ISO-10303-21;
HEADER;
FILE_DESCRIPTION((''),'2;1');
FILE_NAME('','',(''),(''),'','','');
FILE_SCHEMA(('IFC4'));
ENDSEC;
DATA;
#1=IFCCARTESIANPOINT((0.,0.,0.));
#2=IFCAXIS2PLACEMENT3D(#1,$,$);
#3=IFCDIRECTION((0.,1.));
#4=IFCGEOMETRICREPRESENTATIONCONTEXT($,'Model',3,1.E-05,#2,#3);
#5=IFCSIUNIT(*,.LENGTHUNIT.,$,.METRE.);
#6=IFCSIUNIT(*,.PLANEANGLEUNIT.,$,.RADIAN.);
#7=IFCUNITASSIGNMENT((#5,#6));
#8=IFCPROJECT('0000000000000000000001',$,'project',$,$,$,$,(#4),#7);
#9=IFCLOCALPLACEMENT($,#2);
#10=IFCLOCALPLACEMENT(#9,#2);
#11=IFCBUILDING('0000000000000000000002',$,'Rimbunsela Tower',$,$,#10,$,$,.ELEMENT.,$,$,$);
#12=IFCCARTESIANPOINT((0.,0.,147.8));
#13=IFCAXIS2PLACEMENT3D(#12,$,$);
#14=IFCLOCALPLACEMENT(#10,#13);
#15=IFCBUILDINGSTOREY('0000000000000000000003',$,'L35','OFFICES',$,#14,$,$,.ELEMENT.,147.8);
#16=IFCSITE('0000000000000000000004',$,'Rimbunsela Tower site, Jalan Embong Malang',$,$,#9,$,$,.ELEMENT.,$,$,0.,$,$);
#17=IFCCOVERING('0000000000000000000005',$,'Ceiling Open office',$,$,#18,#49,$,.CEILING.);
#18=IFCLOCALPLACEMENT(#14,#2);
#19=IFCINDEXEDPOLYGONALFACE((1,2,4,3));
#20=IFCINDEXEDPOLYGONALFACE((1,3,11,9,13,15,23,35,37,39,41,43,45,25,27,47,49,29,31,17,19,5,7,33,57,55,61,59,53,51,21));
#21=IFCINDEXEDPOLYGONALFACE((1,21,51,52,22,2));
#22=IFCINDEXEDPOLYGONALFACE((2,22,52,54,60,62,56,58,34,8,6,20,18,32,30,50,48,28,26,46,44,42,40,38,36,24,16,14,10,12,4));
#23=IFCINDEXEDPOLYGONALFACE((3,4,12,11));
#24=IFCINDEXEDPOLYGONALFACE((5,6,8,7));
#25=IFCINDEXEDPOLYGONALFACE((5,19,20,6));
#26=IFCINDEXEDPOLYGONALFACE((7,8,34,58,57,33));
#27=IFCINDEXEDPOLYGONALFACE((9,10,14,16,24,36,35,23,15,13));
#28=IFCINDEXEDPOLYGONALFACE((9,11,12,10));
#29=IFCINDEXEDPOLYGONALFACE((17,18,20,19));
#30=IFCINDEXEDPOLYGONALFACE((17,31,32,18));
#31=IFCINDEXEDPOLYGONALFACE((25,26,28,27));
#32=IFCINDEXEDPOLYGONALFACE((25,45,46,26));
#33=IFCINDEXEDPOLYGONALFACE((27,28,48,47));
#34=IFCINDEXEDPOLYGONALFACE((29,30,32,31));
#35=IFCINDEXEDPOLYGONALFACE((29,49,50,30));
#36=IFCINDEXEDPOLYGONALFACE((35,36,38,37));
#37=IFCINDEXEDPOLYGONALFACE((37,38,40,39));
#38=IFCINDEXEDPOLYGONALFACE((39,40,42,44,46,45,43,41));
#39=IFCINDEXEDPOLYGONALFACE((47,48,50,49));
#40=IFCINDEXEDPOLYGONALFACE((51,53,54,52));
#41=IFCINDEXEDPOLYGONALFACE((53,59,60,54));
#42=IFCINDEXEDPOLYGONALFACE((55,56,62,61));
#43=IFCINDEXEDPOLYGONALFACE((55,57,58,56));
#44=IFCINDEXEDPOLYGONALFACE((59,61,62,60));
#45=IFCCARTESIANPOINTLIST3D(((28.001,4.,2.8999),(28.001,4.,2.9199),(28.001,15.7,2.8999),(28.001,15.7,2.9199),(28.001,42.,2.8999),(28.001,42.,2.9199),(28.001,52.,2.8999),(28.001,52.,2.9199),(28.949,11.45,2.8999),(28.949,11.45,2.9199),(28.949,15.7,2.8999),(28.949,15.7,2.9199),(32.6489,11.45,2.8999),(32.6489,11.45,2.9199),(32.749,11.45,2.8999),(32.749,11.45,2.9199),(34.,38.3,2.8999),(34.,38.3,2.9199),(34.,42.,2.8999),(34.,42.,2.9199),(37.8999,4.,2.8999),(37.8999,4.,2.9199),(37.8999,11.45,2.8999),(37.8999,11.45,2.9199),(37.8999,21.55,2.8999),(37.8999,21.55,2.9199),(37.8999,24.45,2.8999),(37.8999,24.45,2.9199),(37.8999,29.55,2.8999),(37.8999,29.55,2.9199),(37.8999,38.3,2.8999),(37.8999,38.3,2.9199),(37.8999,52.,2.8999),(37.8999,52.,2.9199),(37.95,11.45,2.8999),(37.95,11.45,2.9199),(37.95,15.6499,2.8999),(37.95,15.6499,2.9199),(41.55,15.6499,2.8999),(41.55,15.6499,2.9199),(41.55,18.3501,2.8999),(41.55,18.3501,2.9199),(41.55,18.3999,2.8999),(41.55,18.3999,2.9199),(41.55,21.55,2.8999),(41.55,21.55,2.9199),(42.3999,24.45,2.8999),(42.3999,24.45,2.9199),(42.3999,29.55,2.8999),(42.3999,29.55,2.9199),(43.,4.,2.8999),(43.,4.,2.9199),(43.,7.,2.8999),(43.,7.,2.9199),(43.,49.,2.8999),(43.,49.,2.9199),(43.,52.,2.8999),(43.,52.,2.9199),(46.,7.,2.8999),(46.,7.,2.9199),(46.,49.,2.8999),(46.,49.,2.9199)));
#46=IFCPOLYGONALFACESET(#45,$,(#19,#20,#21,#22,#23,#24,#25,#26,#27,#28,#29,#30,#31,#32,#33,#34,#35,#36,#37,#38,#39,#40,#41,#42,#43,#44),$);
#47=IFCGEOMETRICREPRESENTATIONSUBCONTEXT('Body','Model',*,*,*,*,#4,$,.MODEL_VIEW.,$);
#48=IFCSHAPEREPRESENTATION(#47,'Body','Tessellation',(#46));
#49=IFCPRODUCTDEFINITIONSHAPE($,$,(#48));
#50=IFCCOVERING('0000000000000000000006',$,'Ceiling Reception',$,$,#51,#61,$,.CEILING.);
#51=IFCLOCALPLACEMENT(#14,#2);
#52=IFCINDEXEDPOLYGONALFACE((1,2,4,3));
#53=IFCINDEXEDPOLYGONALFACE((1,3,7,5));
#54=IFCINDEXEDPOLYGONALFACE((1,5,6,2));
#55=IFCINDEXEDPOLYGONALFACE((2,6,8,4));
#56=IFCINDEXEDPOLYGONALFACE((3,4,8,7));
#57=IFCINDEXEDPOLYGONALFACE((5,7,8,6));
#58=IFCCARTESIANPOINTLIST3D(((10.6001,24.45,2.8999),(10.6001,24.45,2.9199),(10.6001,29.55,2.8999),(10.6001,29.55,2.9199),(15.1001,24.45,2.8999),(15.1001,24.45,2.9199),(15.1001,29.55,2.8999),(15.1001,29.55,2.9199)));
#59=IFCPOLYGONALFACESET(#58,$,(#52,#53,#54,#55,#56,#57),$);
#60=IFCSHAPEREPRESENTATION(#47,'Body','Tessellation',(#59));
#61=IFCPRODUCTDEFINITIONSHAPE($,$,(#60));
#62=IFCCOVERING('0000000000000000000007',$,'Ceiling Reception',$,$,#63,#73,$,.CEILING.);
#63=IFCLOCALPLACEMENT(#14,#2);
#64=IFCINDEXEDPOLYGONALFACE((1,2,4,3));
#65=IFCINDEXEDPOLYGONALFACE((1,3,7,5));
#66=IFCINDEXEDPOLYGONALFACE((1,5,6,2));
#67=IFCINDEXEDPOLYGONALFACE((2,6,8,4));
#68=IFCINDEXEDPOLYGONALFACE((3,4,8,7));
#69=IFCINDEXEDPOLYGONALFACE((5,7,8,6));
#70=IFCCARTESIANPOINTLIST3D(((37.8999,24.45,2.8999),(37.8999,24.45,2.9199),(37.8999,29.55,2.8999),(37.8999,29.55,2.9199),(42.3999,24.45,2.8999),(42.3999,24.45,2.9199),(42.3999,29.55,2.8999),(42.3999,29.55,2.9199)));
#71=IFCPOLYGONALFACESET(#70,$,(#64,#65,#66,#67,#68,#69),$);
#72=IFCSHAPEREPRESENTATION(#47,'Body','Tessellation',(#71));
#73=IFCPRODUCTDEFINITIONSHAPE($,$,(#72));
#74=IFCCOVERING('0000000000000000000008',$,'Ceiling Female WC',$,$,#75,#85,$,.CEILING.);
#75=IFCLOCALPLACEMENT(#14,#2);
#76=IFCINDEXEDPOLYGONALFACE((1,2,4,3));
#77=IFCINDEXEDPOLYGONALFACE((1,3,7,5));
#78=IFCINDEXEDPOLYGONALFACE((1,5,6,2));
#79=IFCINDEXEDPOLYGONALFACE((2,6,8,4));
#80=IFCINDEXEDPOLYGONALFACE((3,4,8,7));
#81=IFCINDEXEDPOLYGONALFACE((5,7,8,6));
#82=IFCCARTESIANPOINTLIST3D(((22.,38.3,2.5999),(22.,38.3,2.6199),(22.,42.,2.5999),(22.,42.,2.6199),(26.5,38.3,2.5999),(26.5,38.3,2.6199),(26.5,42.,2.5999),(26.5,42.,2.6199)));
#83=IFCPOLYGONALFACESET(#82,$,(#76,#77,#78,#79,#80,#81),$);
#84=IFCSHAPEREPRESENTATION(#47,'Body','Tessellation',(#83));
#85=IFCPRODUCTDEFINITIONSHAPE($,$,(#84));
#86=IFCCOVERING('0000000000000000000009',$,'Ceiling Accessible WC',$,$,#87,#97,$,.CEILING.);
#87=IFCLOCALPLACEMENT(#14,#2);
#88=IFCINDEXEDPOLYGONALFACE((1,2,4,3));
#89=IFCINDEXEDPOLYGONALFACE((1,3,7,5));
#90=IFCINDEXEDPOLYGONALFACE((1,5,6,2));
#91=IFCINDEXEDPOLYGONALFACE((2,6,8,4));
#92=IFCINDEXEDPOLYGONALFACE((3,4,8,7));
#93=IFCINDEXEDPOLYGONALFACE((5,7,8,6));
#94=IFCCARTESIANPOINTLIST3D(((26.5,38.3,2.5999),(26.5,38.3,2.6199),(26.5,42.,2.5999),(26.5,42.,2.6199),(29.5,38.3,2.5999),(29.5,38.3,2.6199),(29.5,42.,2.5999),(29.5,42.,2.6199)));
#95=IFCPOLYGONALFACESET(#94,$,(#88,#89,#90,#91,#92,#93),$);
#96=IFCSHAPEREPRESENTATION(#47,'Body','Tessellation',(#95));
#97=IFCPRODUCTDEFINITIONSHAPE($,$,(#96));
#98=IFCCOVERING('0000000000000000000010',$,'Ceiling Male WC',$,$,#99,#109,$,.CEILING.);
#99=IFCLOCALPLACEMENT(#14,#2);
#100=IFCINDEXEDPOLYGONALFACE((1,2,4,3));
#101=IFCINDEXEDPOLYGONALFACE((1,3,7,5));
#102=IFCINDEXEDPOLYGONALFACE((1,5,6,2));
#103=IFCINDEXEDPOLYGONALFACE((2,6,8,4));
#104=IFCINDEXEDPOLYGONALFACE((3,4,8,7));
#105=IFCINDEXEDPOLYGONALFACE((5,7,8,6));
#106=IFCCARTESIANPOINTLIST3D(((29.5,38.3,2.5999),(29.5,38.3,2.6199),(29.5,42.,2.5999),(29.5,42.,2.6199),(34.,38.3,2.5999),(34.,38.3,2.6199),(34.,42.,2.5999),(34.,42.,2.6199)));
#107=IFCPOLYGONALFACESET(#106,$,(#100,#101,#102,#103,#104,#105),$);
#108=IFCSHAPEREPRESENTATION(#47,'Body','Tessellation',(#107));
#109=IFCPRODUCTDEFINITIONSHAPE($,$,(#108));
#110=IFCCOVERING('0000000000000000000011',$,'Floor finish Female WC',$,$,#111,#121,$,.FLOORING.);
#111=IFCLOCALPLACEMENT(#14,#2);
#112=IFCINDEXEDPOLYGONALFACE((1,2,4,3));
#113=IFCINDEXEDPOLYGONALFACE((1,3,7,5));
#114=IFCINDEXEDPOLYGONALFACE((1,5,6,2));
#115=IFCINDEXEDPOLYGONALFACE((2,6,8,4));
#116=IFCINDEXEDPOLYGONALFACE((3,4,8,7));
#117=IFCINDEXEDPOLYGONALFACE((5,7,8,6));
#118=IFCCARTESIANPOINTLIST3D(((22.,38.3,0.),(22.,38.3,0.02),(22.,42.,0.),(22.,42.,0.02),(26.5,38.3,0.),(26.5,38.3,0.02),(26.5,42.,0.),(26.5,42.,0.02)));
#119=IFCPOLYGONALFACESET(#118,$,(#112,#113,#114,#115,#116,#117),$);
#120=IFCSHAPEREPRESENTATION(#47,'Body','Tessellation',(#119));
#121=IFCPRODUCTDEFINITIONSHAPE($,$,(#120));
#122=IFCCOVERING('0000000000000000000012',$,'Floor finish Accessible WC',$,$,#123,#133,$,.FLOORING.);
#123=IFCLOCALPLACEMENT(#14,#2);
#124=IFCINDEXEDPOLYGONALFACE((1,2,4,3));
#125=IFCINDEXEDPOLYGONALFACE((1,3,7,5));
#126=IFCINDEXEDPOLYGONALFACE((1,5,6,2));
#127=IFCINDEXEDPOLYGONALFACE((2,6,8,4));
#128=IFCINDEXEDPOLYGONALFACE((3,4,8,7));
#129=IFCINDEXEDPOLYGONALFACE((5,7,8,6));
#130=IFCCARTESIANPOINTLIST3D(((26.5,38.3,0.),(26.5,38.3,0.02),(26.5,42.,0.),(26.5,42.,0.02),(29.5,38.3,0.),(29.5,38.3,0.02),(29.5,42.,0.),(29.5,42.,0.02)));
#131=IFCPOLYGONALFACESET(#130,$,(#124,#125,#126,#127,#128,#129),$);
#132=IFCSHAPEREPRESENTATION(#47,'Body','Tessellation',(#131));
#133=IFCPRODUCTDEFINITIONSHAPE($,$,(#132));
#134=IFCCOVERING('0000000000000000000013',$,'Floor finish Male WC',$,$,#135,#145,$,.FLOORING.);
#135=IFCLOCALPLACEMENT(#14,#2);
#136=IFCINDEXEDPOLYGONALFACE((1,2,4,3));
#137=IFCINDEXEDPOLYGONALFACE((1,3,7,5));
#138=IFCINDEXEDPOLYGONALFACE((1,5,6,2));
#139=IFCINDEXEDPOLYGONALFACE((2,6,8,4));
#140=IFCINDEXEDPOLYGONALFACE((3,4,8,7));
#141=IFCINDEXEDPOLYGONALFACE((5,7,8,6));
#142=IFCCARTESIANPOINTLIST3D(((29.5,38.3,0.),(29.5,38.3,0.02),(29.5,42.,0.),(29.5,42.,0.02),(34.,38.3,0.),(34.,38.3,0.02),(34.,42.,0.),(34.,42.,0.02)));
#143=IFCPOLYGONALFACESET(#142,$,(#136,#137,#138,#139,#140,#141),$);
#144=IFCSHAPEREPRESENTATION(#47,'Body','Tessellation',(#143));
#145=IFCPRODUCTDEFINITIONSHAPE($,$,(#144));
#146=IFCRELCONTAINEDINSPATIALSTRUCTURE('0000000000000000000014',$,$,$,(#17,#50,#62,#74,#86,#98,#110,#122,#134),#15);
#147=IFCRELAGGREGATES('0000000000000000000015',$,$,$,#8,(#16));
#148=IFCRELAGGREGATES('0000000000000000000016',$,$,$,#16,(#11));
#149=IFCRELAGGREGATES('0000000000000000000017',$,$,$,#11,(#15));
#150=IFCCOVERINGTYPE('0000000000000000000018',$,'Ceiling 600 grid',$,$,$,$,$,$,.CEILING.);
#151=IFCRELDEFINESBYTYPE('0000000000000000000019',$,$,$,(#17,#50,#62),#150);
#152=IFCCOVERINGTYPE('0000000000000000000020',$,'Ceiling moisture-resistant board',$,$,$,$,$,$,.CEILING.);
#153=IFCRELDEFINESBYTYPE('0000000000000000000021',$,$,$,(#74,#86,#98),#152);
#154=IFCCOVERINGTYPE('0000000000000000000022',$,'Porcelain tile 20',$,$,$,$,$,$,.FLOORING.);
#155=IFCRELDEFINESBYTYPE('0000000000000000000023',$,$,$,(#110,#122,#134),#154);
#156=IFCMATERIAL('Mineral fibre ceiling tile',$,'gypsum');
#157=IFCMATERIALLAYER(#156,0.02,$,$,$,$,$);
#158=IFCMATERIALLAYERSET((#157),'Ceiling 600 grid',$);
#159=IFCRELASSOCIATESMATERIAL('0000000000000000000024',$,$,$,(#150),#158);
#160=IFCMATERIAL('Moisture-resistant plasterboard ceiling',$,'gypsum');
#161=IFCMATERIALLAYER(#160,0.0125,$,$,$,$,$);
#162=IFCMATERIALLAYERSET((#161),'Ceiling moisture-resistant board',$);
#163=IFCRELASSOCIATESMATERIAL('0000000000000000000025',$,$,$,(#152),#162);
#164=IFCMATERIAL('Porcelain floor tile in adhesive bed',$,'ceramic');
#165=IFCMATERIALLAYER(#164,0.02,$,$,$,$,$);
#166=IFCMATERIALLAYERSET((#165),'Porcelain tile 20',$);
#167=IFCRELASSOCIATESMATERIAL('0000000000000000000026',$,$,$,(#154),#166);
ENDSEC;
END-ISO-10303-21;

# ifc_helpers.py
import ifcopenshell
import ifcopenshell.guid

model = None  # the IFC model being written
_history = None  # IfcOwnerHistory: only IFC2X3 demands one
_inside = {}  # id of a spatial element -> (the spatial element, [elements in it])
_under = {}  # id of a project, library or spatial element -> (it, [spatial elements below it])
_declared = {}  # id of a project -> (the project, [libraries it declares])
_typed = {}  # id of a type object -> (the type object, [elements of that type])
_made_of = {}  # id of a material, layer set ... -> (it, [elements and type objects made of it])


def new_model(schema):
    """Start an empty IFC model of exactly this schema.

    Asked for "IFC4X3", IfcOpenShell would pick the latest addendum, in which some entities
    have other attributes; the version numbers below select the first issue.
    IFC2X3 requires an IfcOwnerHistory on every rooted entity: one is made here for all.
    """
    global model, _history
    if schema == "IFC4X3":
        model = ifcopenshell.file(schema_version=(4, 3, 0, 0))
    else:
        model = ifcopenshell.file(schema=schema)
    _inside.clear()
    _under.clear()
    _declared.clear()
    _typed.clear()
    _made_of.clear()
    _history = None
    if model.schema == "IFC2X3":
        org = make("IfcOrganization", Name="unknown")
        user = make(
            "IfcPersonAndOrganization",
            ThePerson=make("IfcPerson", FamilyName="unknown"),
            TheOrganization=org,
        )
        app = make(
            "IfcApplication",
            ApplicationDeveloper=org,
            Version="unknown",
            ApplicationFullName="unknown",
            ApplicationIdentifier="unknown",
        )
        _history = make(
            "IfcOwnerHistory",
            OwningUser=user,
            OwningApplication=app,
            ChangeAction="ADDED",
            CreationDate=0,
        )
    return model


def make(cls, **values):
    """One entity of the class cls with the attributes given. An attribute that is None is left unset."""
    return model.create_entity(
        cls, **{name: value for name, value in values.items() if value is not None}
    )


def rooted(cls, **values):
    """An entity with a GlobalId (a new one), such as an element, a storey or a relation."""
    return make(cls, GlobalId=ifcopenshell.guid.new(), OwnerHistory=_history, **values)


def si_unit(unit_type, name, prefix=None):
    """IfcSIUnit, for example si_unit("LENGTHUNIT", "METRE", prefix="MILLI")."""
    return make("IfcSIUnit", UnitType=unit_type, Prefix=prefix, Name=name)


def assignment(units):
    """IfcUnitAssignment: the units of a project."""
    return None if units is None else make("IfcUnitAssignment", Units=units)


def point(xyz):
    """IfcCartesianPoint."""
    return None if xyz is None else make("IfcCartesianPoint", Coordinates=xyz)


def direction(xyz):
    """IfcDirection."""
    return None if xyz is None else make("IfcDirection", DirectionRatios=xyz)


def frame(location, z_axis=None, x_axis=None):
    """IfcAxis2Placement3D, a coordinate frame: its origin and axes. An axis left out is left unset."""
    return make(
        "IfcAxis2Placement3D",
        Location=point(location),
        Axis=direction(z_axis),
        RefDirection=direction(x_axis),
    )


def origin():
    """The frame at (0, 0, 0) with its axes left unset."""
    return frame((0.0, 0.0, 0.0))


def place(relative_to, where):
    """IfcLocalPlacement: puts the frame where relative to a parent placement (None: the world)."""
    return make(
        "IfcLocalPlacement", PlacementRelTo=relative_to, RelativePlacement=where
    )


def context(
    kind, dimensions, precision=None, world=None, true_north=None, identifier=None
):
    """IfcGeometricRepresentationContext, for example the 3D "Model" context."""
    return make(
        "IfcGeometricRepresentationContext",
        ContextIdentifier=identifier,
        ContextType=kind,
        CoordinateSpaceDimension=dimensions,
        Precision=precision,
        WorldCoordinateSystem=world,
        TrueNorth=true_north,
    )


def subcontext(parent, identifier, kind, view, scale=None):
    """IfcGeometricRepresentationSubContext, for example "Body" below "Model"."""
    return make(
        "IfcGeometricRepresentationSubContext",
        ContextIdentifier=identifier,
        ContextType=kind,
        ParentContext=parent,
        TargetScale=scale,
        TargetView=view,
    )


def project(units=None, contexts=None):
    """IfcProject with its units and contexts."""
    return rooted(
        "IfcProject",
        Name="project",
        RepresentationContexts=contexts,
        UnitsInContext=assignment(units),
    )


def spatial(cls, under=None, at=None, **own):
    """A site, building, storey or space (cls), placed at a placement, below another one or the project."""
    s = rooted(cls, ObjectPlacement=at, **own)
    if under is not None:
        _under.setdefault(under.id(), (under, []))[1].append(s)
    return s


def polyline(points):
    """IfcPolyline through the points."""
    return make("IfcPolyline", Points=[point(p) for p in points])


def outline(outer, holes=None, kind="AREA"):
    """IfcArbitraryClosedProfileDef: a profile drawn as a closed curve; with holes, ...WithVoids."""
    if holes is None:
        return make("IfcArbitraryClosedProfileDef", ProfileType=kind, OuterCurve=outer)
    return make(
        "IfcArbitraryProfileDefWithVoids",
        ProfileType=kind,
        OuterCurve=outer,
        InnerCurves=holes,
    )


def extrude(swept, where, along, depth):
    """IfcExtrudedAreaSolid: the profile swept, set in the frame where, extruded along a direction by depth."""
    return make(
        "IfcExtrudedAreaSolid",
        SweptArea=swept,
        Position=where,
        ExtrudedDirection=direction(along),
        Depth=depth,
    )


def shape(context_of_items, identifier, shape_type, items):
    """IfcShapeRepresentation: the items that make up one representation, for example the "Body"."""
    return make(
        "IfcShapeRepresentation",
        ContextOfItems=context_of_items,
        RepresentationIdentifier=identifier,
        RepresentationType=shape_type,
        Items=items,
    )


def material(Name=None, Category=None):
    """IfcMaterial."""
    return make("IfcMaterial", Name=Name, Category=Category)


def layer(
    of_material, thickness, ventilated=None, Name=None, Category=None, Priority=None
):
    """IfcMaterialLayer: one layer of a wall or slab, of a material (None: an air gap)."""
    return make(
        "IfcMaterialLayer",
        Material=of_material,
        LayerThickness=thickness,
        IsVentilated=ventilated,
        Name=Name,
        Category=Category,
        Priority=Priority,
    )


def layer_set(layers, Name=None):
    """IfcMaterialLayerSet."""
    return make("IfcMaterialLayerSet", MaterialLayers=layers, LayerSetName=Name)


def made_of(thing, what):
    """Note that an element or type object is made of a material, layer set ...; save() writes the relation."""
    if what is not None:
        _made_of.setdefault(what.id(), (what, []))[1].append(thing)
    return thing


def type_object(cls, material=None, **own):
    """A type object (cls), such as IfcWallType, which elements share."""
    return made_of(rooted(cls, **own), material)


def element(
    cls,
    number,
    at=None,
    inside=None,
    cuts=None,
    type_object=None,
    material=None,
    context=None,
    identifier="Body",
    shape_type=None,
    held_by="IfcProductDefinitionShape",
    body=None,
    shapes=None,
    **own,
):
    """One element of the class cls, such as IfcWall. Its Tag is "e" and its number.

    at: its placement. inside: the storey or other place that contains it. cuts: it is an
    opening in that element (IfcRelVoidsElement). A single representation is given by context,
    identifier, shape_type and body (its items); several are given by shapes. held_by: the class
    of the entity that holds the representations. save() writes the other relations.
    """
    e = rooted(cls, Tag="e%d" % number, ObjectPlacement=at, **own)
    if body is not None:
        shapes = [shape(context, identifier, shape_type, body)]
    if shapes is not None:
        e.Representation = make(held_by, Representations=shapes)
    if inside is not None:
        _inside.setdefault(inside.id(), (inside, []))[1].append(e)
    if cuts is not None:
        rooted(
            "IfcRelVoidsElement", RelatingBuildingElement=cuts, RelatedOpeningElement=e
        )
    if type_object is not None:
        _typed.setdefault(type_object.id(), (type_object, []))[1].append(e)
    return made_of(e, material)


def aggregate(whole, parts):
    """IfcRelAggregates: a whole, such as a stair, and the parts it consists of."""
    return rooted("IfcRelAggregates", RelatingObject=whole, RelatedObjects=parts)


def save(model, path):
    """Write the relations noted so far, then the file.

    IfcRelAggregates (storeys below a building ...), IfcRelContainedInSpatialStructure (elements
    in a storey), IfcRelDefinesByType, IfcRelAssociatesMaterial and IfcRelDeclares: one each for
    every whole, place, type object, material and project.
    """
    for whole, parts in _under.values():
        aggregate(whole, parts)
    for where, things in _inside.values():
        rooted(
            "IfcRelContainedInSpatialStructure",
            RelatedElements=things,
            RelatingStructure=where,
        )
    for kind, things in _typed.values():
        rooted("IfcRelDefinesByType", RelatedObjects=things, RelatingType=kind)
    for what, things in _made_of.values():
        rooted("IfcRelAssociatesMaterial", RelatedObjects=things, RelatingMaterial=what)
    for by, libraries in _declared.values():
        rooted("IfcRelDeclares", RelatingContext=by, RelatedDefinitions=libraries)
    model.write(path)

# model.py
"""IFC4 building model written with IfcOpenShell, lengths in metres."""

from ifc_helpers import new_model, si_unit, direction, frame, origin, place, context, subcontext, project, spatial, polyline, outline, extrude, material, layer, layer_set, type_object, element, save


model = new_model("IFC4")

# Units and contexts
model_context = context("Model", 3, precision=1e-05, world=origin(), true_north=direction((0.0, 1.0)))
body_context = subcontext(model_context, "Body", "Model", "MODEL_VIEW")
ifc_project = project(units=[si_unit("LENGTHUNIT", "METRE"), si_unit("PLANEANGLEUNIT", "RADIAN")], contexts=[model_context])

# Site, building, storey
site_placement = place(None, origin())
site = spatial("IfcSite", under=ifc_project, at=site_placement, Name="Rimbunsela Tower site, Jalan Embong Malang", CompositionType="ELEMENT", RefElevation=0.0)
building_placement = place(site_placement, origin())
building = spatial("IfcBuilding", under=site, at=building_placement, Name="Rimbunsela Tower", CompositionType="ELEMENT")
storey_placement = place(building_placement, frame((0.0, 0.0, 147.8)))
storey = spatial("IfcBuildingStorey", under=building, at=storey_placement, Name="L35", Description="OFFICES", CompositionType="ELEMENT", Elevation=147.8)

# Coverings
ifc_material_1 = material(Name="Mineral fibre ceiling tile", Category="gypsum")
ifc_layer_1 = layer(ifc_material_1, 0.02)
ifc_layer_set_1 = layer_set([ifc_layer_1], Name="Ceiling 600 grid")
covering_type_1 = type_object("IfcCoveringType", Name="Ceiling 600 grid", PredefinedType="CEILING", material=ifc_layer_set_1)
covering_1_placement = place(storey_placement, frame((0.0, 0.0, 2.8999)))
element("IfcCovering", 1, at=covering_1_placement, inside=storey, type_object=covering_type_1, Name="Ceiling Open office", PredefinedType="CEILING", context=body_context, shape_type="SweptSolid", body=[
    extrude(outline(polyline([(28.001, 15.7), (28.949, 15.7), (28.949, 11.45), (32.6489, 11.45), (32.749, 11.45), (37.8999, 11.45), (37.95, 11.45), (37.95, 15.6499), (41.55, 15.6499), (41.55, 18.3501), (41.55, 18.3999), (41.55, 21.55), (37.8999, 21.55), (37.8999, 24.45), (42.3999, 24.45), (42.3999, 29.55), (37.8999, 29.55), (37.8999, 38.3), (34.0, 38.3), (34.0, 42.0), (28.001, 42.0), (28.001, 52.0), (37.8999, 52.0), (43.0, 52.0), (43.0, 49.0), (46.0, 49.0), (46.0, 7.0), (43.0, 7.0), (43.0, 4.0), (37.8999, 4.0), (28.001, 4.0), (28.001, 15.7)])), origin(), (0.0, 0.0, 1.0), 0.02),
])
covering_2_placement = place(storey_placement, frame((0.0, 0.0, 2.8999)))
element("IfcCovering", 2, at=covering_2_placement, inside=storey, type_object=covering_type_1, Name="Ceiling Reception", PredefinedType="CEILING", context=body_context, shape_type="SweptSolid", body=[
    extrude(outline(polyline([(15.1001, 24.45), (15.1001, 29.55), (10.6001, 29.55), (10.6001, 24.45), (15.1001, 24.45)])), origin(), (0.0, 0.0, 1.0), 0.02),
])
covering_3_placement = place(storey_placement, frame((0.0, 0.0, 2.8999)))
element("IfcCovering", 3, at=covering_3_placement, inside=storey, type_object=covering_type_1, Name="Ceiling Reception", PredefinedType="CEILING", context=body_context, shape_type="SweptSolid", body=[
    extrude(outline(polyline([(42.3999, 24.45), (42.3999, 29.55), (37.8999, 29.55), (37.8999, 24.45), (42.3999, 24.45)])), origin(), (0.0, 0.0, 1.0), 0.02),
])
ifc_material_2 = material(Name="Moisture-resistant plasterboard ceiling", Category="gypsum")
ifc_layer_2 = layer(ifc_material_2, 0.0125)
ifc_layer_set_2 = layer_set([ifc_layer_2], Name="Ceiling moisture-resistant board")
covering_type_2 = type_object("IfcCoveringType", Name="Ceiling moisture-resistant board", PredefinedType="CEILING", material=ifc_layer_set_2)
covering_4_placement = place(storey_placement, frame((0.0, 0.0, 2.5999)))
element("IfcCovering", 4, at=covering_4_placement, inside=storey, type_object=covering_type_2, Name="Ceiling Female WC", PredefinedType="CEILING", context=body_context, shape_type="SweptSolid", body=[
    extrude(outline(polyline([(26.5, 38.3), (26.5, 42.0), (22.0, 42.0), (22.0, 38.3), (26.5, 38.3)])), origin(), (0.0, 0.0, 1.0), 0.02),
])
covering_5_placement = place(storey_placement, frame((0.0, 0.0, 2.5999)))
element("IfcCovering", 5, at=covering_5_placement, inside=storey, type_object=covering_type_2, Name="Ceiling Accessible WC", PredefinedType="CEILING", context=body_context, shape_type="SweptSolid", body=[
    extrude(outline(polyline([(29.5, 38.3), (29.5, 42.0), (26.5, 42.0), (26.5, 38.3), (29.5, 38.3)])), origin(), (0.0, 0.0, 1.0), 0.02),
])
covering_6_placement = place(storey_placement, frame((0.0, 0.0, 2.5999)))
element("IfcCovering", 6, at=covering_6_placement, inside=storey, type_object=covering_type_2, Name="Ceiling Male WC", PredefinedType="CEILING", context=body_context, shape_type="SweptSolid", body=[
    extrude(outline(polyline([(34.0, 38.3), (34.0, 42.0), (29.5, 42.0), (29.5, 38.3), (34.0, 38.3)])), origin(), (0.0, 0.0, 1.0), 0.02),
])
ifc_material_3 = material(Name="Porcelain floor tile in adhesive bed", Category="ceramic")
ifc_layer_3 = layer(ifc_material_3, 0.02)
ifc_layer_set_3 = layer_set([ifc_layer_3], Name="Porcelain tile 20")
covering_type_3 = type_object("IfcCoveringType", Name="Porcelain tile 20", PredefinedType="FLOORING", material=ifc_layer_set_3)
covering_7_placement = place(storey_placement, origin())
element("IfcCovering", 7, at=covering_7_placement, inside=storey, type_object=covering_type_3, Name="Floor finish Female WC", PredefinedType="FLOORING", context=body_context, shape_type="SweptSolid", body=[
    extrude(outline(polyline([(26.5, 38.3), (26.5, 42.0), (22.0, 42.0), (22.0, 38.3), (26.5, 38.3)])), origin(), (0.0, 0.0, 1.0), 0.02),
])
covering_8_placement = place(storey_placement, origin())
element("IfcCovering", 8, at=covering_8_placement, inside=storey, type_object=covering_type_3, Name="Floor finish Accessible WC", PredefinedType="FLOORING", context=body_context, shape_type="SweptSolid", body=[
    extrude(outline(polyline([(29.5, 38.3), (29.5, 42.0), (26.5, 42.0), (26.5, 38.3), (29.5, 38.3)])), origin(), (0.0, 0.0, 1.0), 0.02),
])
covering_9_placement = place(storey_placement, origin())
element("IfcCovering", 9, at=covering_9_placement, inside=storey, type_object=covering_type_3, Name="Floor finish Male WC", PredefinedType="FLOORING", context=body_context, shape_type="SweptSolid", body=[
    extrude(outline(polyline([(34.0, 38.3), (34.0, 42.0), (29.5, 42.0), (29.5, 38.3), (34.0, 38.3)])), origin(), (0.0, 0.0, 1.0), 0.02),
])

save(model, "model.ifc")
